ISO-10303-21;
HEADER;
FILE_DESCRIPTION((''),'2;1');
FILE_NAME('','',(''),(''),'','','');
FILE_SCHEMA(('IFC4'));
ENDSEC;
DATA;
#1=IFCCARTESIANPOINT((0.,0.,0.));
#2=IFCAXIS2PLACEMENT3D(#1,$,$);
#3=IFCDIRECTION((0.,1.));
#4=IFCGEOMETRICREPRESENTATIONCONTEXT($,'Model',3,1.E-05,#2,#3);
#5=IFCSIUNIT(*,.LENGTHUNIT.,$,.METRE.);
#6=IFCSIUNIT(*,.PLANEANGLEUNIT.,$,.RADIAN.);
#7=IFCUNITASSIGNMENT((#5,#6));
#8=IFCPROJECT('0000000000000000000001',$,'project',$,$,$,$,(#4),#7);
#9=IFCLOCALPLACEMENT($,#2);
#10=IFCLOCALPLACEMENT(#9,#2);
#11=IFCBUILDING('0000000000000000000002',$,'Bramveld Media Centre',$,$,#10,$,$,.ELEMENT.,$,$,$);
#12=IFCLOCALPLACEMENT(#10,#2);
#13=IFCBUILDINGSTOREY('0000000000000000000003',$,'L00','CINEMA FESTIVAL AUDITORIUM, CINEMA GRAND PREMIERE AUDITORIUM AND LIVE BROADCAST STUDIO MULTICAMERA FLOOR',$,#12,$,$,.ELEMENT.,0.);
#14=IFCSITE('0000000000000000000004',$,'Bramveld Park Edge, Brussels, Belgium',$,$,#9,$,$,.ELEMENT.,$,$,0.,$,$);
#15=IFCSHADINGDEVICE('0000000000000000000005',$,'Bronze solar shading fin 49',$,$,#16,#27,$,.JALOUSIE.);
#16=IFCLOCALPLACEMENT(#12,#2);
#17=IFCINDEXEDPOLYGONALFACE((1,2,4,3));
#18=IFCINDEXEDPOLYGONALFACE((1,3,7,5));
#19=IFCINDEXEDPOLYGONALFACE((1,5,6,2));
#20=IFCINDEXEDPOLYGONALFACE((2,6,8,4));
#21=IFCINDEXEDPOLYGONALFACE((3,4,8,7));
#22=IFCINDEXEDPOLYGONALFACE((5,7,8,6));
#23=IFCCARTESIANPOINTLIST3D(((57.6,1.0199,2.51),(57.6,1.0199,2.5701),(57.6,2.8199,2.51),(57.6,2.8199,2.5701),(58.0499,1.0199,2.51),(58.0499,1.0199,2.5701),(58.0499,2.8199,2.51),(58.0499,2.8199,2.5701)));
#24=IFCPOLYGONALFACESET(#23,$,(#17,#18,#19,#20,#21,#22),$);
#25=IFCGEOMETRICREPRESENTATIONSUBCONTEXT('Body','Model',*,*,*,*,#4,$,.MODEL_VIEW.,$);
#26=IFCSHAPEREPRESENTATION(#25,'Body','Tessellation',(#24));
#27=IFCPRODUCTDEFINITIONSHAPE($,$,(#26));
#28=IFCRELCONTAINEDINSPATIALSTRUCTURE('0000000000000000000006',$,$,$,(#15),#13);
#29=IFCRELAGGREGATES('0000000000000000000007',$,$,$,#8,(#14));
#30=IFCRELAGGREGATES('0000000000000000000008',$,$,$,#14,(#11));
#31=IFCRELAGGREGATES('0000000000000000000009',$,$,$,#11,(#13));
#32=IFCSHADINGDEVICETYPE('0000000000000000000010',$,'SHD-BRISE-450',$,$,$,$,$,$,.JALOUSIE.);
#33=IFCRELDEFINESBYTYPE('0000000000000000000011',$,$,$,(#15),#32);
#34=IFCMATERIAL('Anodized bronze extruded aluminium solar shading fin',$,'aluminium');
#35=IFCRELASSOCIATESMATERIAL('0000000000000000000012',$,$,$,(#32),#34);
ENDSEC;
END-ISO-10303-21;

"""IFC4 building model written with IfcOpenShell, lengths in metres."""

from ifc_helpers import new_model, si_unit, direction, frame, origin, origin_2d, place, context, subcontext, project, spatial, rectangle, extrude, material, type_object, element, save


model = new_model("IFC4")

# Units and contexts
model_context = context("Model", 3, precision=1e-05, world=origin(), true_north=direction((0.0, 1.0)))
body_context = subcontext(model_context, "Body", "Model", "MODEL_VIEW")
ifc_project = project(units=[si_unit("LENGTHUNIT", "METRE"), si_unit("PLANEANGLEUNIT", "RADIAN")], contexts=[model_context])

# Site, building, storey
site_placement = place(None, origin())
site = spatial("IfcSite", under=ifc_project, at=site_placement, Name="Bramveld Park Edge, Brussels, Belgium", CompositionType="ELEMENT", RefElevation=0.0)
building_placement = place(site_placement, origin())
building = spatial("IfcBuilding", under=site, at=building_placement, Name="Bramveld Media Centre", CompositionType="ELEMENT")
storey_placement = place(building_placement, origin())
storey = spatial("IfcBuildingStorey", under=building, at=storey_placement, Name="L00", Description="CINEMA FESTIVAL AUDITORIUM, CINEMA GRAND PREMIERE AUDITORIUM AND LIVE BROADCAST STUDIO MULTICAMERA FLOOR", CompositionType="ELEMENT", Elevation=0.0)

# Shading device
ifc_material_1 = material(Name="Anodized bronze extruded aluminium solar shading fin", Category="aluminium")
shading_device_type_1 = type_object("IfcShadingDeviceType", Name="SHD-BRISE-450", PredefinedType="JALOUSIE", material=ifc_material_1)
shading_device_1_placement = place(storey_placement, frame((57.825, 1.9199, 2.51), z_axis=(0.0, 0.0, 1.0), x_axis=(1.0, 0.0, 0.0)))
element("IfcShadingDevice", 1, at=shading_device_1_placement, inside=storey, type_object=shading_device_type_1, Name="Bronze solar shading fin 49", PredefinedType="JALOUSIE", context=body_context, shape_type="SweptSolid", body=[
    extrude(rectangle(XDim=0.45, YDim=1.8, at=origin_2d()), origin(), (0.0, 0.0, 1.0), 0.0601),
])

save(model, "model.ifc")
